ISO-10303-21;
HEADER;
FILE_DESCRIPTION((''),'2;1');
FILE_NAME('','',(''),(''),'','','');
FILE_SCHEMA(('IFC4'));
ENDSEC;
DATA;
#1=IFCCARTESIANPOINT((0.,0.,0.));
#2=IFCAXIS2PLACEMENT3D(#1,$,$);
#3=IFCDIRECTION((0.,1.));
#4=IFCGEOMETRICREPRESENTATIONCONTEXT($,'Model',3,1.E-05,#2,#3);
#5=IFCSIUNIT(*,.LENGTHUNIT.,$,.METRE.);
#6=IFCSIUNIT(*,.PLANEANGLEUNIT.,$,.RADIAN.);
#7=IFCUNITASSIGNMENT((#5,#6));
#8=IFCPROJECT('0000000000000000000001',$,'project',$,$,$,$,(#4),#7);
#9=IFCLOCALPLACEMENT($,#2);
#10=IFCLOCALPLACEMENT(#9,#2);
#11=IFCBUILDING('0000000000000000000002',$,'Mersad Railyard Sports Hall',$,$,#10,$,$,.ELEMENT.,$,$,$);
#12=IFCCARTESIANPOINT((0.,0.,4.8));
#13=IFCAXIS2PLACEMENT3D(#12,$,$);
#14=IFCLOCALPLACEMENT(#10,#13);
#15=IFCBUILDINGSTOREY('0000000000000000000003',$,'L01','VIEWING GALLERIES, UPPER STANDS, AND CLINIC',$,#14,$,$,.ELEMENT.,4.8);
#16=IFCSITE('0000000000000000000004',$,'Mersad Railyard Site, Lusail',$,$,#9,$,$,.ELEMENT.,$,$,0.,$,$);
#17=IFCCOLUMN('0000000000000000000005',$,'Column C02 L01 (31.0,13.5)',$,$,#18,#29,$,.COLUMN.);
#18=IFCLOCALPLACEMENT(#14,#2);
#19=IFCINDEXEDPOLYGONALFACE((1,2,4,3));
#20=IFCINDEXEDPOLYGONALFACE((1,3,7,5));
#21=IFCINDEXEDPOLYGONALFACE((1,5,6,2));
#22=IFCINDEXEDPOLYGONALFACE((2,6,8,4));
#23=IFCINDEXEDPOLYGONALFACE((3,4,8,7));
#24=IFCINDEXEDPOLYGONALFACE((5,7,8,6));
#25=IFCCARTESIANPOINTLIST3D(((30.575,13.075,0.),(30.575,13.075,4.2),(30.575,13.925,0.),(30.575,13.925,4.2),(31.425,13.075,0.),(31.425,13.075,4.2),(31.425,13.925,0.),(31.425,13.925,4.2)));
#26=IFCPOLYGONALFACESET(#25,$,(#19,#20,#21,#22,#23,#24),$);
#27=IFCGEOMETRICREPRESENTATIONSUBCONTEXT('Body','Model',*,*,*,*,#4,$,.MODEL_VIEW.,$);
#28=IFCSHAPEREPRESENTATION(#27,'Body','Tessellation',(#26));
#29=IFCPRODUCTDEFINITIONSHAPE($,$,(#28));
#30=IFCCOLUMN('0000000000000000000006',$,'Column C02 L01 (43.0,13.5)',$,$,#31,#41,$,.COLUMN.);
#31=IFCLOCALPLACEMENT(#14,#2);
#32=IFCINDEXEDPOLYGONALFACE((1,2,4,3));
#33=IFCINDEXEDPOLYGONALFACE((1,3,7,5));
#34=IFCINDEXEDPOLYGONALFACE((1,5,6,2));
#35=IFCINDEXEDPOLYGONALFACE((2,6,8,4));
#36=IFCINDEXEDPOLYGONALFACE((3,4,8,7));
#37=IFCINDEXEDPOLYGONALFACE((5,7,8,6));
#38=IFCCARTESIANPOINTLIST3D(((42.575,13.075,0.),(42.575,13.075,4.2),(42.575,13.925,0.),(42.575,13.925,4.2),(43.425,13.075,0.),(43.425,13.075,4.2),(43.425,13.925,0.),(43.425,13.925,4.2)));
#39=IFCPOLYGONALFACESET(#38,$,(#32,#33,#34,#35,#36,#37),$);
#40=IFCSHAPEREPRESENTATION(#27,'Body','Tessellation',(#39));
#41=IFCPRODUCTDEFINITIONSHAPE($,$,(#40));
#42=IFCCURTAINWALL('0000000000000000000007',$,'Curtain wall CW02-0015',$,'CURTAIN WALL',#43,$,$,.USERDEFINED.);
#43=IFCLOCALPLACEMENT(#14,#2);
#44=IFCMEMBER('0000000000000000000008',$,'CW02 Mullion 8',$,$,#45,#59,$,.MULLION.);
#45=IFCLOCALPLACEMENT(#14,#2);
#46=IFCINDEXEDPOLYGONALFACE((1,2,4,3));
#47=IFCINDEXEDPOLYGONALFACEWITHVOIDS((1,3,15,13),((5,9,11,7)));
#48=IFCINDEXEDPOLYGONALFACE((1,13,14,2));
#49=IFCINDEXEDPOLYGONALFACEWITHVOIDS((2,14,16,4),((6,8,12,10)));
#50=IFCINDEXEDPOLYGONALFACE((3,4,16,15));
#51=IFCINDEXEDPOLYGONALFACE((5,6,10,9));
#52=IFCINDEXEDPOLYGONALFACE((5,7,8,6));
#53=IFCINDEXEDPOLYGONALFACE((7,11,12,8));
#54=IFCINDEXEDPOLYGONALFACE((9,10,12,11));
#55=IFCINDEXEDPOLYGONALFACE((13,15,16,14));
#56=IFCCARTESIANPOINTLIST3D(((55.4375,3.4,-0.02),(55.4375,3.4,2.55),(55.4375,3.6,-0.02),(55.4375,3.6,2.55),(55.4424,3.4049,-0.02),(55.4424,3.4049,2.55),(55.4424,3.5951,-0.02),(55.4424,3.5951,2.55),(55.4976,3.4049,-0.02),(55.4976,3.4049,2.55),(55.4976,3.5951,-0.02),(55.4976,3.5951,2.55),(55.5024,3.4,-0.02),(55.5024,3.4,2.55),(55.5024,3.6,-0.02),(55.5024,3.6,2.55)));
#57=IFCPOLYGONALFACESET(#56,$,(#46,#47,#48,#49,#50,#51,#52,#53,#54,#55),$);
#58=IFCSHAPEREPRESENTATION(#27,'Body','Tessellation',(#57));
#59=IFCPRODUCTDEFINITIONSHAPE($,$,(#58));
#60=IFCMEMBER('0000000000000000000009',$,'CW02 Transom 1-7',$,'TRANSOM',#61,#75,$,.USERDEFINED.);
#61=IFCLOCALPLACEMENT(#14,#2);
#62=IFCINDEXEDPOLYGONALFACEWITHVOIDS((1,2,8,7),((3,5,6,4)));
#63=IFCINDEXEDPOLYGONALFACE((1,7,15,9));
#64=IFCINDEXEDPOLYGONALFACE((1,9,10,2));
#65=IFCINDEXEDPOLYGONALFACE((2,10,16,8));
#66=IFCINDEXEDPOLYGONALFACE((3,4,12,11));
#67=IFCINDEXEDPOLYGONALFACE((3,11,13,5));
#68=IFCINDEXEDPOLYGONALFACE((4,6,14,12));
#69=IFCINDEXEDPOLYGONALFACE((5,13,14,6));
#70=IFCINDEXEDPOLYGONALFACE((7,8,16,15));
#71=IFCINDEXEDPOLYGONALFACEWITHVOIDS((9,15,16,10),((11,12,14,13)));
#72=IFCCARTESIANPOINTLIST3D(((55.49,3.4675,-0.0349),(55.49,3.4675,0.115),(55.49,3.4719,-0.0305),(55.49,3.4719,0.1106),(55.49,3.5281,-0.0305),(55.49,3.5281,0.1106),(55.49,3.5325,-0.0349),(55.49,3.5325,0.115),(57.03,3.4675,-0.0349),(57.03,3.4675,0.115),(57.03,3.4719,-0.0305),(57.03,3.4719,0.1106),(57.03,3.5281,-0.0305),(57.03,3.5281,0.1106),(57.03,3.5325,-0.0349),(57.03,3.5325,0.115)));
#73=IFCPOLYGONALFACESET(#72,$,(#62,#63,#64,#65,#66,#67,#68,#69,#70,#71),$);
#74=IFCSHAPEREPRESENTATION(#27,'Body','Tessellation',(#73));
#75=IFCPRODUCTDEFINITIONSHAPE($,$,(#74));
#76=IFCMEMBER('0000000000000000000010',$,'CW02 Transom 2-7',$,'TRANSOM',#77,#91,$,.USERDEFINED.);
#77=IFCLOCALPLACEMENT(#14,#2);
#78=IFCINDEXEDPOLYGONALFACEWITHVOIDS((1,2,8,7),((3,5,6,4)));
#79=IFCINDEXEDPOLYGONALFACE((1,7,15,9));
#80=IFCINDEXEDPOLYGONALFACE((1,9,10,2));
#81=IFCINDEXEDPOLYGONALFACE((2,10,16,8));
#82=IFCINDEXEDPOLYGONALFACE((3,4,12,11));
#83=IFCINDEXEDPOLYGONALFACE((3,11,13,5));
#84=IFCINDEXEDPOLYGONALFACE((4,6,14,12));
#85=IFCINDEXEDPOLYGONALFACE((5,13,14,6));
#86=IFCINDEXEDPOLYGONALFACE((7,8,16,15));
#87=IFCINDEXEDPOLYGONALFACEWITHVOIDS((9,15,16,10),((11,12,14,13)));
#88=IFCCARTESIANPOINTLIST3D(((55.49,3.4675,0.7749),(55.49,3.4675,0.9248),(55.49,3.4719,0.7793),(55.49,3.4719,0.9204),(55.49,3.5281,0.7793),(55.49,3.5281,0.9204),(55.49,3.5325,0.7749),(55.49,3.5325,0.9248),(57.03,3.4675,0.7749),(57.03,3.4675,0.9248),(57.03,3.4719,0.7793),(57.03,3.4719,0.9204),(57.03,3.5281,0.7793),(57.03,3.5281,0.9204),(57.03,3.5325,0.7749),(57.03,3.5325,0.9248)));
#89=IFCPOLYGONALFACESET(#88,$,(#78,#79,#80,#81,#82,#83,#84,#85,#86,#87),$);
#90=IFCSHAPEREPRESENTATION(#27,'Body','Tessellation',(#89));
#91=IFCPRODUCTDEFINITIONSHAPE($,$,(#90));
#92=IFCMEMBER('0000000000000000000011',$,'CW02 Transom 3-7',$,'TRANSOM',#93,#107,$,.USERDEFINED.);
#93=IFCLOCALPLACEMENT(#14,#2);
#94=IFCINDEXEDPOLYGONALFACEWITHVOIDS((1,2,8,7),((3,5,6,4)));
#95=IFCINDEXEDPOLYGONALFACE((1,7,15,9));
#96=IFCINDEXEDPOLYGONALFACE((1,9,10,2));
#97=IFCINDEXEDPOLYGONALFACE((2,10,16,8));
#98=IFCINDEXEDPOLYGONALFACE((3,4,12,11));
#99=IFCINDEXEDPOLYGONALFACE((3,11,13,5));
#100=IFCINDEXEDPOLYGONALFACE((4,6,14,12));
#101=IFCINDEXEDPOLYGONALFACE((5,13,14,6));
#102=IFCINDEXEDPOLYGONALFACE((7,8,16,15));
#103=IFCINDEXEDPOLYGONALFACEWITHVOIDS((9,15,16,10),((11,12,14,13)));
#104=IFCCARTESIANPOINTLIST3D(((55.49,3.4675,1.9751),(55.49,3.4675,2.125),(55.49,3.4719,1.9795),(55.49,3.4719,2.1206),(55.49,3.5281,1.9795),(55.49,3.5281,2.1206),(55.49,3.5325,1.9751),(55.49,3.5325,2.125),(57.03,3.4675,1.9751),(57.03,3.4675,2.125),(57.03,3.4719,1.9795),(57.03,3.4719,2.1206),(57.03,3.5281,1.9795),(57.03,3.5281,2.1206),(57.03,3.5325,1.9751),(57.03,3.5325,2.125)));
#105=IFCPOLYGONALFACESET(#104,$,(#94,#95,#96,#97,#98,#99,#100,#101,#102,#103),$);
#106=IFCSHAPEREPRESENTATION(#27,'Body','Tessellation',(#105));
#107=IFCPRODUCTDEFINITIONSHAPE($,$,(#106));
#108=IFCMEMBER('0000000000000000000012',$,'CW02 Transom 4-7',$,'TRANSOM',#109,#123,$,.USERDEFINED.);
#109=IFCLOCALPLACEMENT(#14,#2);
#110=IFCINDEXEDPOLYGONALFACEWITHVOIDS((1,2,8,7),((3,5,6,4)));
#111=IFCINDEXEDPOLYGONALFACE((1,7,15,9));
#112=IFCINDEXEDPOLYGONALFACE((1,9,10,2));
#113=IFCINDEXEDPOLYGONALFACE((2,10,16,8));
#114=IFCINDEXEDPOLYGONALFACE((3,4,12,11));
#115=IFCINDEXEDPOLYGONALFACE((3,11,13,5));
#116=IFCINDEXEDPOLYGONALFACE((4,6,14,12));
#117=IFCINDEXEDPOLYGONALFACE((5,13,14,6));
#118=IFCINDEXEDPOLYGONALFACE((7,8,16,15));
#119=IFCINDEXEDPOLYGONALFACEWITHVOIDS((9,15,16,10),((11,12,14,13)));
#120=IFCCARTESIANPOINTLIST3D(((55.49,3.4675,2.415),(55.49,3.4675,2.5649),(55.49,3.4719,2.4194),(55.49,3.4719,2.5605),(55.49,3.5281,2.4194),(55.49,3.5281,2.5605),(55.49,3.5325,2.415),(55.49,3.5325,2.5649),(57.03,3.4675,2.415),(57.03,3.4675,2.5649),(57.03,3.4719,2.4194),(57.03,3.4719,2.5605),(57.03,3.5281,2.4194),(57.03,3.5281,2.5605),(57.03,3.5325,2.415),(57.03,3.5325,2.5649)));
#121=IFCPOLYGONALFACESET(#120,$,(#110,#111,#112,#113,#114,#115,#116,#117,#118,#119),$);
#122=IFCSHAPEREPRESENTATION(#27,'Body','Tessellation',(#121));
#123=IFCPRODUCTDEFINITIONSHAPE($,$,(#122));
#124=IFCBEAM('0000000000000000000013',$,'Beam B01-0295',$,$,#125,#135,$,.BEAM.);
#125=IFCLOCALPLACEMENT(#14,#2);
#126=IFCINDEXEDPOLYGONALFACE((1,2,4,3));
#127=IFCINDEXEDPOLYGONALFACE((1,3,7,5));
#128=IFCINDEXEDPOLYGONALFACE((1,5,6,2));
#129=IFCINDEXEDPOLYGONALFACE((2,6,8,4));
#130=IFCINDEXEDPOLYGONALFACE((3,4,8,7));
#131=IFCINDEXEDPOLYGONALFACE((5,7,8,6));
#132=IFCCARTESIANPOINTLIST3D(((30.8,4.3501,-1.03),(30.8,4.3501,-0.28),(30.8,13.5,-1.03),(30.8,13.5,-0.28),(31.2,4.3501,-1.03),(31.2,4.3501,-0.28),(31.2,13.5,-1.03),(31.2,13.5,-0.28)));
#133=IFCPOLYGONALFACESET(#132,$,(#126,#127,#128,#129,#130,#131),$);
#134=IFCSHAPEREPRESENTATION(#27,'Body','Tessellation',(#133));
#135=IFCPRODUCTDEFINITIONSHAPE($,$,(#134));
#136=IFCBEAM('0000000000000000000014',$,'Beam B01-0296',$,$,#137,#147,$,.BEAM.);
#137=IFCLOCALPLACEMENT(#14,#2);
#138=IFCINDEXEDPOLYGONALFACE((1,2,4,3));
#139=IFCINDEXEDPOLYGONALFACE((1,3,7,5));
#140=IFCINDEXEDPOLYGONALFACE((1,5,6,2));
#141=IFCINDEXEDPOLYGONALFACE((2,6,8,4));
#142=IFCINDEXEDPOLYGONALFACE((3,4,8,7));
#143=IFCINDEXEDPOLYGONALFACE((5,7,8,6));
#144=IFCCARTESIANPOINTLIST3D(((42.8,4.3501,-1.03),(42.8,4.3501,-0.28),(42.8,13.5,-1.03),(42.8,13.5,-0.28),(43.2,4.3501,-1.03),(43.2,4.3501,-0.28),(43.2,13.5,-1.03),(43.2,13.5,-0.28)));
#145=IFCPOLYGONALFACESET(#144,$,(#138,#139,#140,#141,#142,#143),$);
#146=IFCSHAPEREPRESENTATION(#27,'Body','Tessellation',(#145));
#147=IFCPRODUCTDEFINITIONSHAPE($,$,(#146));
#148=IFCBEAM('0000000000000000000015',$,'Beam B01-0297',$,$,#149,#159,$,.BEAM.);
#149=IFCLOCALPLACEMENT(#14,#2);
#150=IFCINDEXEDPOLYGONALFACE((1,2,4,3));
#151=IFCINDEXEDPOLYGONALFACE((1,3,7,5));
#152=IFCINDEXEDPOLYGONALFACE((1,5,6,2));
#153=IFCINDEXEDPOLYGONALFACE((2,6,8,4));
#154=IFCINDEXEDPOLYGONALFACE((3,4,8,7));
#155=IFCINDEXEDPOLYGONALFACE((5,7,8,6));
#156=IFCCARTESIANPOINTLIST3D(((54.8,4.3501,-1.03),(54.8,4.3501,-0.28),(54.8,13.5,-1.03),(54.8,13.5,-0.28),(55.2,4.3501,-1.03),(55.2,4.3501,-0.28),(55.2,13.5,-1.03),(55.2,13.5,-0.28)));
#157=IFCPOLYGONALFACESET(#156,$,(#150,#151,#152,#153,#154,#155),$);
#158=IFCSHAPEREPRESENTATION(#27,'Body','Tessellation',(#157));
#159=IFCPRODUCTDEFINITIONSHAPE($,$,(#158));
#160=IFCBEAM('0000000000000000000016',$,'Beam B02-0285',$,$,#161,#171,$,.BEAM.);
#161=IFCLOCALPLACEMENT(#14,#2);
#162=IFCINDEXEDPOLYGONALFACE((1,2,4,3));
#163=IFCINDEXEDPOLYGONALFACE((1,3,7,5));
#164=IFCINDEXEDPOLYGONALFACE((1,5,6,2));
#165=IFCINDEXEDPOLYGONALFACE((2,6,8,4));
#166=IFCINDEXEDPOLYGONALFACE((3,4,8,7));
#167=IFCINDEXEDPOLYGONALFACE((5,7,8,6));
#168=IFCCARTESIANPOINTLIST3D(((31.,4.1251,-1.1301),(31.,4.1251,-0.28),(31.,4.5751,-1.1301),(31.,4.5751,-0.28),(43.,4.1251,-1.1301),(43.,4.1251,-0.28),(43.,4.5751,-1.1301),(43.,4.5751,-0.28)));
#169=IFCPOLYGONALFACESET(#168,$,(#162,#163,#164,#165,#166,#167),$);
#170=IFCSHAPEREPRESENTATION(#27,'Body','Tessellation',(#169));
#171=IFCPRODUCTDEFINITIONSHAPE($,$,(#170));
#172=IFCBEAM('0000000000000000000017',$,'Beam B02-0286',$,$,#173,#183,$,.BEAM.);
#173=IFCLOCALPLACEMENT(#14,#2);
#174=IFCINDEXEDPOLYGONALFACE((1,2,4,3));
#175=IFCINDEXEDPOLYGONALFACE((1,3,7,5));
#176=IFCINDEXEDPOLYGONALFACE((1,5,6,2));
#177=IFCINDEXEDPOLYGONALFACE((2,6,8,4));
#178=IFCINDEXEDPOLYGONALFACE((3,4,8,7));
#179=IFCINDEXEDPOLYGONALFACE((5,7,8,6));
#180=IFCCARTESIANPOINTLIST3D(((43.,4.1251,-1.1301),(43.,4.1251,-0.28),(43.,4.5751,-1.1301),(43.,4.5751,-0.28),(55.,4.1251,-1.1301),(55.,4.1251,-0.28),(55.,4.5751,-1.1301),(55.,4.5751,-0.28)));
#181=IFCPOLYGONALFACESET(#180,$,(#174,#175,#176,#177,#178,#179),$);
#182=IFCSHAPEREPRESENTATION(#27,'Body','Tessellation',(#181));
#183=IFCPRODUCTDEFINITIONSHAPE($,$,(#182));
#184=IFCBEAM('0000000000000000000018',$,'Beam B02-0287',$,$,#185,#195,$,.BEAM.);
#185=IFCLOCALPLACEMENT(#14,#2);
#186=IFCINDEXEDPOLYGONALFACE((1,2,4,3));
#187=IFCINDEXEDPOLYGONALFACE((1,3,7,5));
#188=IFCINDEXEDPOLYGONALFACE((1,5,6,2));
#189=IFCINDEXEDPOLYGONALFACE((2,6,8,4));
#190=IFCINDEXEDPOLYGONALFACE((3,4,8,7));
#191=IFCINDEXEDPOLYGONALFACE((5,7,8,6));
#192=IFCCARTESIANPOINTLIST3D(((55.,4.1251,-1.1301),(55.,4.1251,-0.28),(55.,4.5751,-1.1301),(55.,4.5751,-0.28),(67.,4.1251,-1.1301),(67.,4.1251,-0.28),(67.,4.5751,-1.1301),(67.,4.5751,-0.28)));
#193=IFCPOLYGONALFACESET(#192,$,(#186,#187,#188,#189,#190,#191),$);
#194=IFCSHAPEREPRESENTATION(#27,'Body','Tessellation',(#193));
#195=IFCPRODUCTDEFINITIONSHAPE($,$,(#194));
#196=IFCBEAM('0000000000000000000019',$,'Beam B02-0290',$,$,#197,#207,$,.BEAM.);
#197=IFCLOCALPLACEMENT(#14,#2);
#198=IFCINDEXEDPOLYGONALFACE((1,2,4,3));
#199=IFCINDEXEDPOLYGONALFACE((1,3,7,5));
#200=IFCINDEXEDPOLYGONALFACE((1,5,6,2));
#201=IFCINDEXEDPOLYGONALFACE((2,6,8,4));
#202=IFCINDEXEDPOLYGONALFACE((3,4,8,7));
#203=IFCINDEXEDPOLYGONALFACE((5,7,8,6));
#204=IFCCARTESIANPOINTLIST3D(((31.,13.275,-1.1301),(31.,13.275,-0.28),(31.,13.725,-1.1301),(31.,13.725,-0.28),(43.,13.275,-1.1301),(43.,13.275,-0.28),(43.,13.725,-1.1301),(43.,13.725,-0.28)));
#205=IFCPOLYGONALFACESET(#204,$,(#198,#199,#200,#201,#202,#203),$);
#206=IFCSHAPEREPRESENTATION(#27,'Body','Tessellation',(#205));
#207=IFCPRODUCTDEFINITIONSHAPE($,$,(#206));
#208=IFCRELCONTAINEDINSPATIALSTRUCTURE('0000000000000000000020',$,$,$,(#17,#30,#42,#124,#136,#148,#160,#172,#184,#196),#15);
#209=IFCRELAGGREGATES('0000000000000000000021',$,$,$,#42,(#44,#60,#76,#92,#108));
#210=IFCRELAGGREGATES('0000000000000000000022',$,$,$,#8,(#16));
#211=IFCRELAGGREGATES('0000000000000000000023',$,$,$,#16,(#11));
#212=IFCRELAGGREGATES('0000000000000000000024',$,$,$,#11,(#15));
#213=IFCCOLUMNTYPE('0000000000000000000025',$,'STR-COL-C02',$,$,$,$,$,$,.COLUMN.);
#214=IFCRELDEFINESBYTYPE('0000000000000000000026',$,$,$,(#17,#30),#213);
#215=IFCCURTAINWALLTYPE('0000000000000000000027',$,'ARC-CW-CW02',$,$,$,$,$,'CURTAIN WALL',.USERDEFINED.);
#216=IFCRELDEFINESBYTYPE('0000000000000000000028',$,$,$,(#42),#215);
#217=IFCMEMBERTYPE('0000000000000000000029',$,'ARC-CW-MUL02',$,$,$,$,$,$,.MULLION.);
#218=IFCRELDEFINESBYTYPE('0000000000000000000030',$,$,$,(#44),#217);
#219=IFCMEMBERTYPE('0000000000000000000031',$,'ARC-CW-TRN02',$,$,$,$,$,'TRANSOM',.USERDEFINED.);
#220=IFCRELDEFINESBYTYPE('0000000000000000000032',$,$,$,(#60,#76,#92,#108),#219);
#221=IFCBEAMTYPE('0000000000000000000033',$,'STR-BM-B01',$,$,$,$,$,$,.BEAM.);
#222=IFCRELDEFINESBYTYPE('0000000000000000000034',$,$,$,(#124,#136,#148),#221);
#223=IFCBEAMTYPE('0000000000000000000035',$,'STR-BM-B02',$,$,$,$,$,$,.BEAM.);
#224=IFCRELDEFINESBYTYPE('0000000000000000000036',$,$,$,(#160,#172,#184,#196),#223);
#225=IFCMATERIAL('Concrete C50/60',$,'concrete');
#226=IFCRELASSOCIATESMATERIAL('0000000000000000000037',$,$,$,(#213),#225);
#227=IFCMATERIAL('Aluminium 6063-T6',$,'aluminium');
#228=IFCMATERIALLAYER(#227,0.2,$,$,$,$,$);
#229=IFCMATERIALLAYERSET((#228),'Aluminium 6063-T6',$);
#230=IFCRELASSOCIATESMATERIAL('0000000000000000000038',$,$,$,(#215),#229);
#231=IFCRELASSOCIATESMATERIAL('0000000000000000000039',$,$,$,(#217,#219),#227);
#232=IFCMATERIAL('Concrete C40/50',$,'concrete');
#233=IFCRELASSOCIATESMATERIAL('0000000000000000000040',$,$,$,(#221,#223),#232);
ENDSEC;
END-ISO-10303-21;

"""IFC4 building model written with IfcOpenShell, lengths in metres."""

from ifc_helpers import new_model, si_unit, direction, frame, origin, origin_2d, place, context, subcontext, project, spatial, rectangle, hollow_rectangle, extrude, material, layer, layer_set, material_profile, profile_set, type_object, element, aggregate, save


model = new_model("IFC4")

# Units and contexts
model_context = context("Model", 3, precision=1e-05, world=origin(), true_north=direction((0.0, 1.0)))
body_context = subcontext(model_context, "Body", "Model", "MODEL_VIEW")
ifc_project = project(units=[si_unit("LENGTHUNIT", "METRE"), si_unit("PLANEANGLEUNIT", "RADIAN")], contexts=[model_context])

# Site, building, storey
site_placement = place(None, origin())
site = spatial("IfcSite", under=ifc_project, at=site_placement, Name="Mersad Railyard Site, Lusail", CompositionType="ELEMENT", RefElevation=0.0)
building_placement = place(site_placement, origin())
building = spatial("IfcBuilding", under=site, at=building_placement, Name="Mersad Railyard Sports Hall", CompositionType="ELEMENT")
storey_placement = place(building_placement, frame((0.0, 0.0, 4.8)))
storey = spatial("IfcBuildingStorey", under=building, at=storey_placement, Name="L01", Description="VIEWING GALLERIES, UPPER STANDS, AND CLINIC", CompositionType="ELEMENT", Elevation=4.8)

# Columns
ifc_material_1 = material(Name="Concrete C50/60", Category="concrete")
ifc_material_profile_1 = material_profile(ifc_material_1, rectangle(XDim=0.8501, YDim=0.8501, at=origin_2d()), Name="RC 850x850")
ifc_profile_set_1 = profile_set([ifc_material_profile_1], Name="Concrete C50/60")
column_type = type_object("IfcColumnType", Name="STR-COL-C02", PredefinedType="COLUMN", material=ifc_profile_set_1)
for number, where, z_axis, x_axis, name in (
    (1, (31.0, 13.5, 0.0), (0.0, 0.0, 1.0), (1.0, 0.0, 0.0), "Column C02 L01 (31.0,13.5)"),
    (2, (43.0, 13.5, 0.0), (0.0, 0.0, 1.0), (1.0, 0.0, 0.0), "Column C02 L01 (43.0,13.5)"),
):
    element("IfcColumn", number, at=place(storey_placement, frame(where, z_axis=z_axis, x_axis=x_axis)), inside=storey, type_object=column_type, Name=name, PredefinedType="COLUMN", context=body_context, shape_type="SweptSolid", body=[
        extrude(rectangle(XDim=0.8501, YDim=0.8501, at=origin_2d()), origin(), (0.0, 0.0, 1.0), 4.2),
    ])

# Curtain wall, members
ifc_material_2 = material(Name="Aluminium 6063-T6", Category="aluminium")
ifc_layer_1 = layer(ifc_material_2, 0.2)
ifc_layer_set_1 = layer_set([ifc_layer_1], Name="Aluminium 6063-T6")
curtain_wall_type = type_object("IfcCurtainWallType", Name="ARC-CW-CW02", ElementType="CURTAIN WALL", PredefinedType="USERDEFINED", material=ifc_layer_set_1)
curtain_wall_placement = place(storey_placement, origin())
curtain_wall = element("IfcCurtainWall", 3, at=curtain_wall_placement, inside=storey, type_object=curtain_wall_type, Name="Curtain wall CW02-0015", ObjectType="CURTAIN WALL", PredefinedType="USERDEFINED")
ifc_material_profile_2 = material_profile(ifc_material_2, hollow_rectangle(XDim=0.0649, YDim=0.2, WallThickness=0.0049, at=origin_2d()), Name="AL MULLION 65x200x5")
ifc_profile_set_2 = profile_set([ifc_material_profile_2], Name="Aluminium 6063-T6")
member_type_1 = type_object("IfcMemberType", Name="ARC-CW-MUL02", PredefinedType="MULLION", material=ifc_profile_set_2)
member_1_placement = place(storey_placement, frame((55.47, 3.5, -0.02), z_axis=(0.0, 0.0, 1.0), x_axis=(1.0, 0.0, 0.0)))
member_1 = element("IfcMember", 4, at=member_1_placement, type_object=member_type_1, Name="CW02 Mullion 8", PredefinedType="MULLION", context=body_context, shape_type="SweptSolid", body=[
    extrude(hollow_rectangle(XDim=0.0649, YDim=0.2, WallThickness=0.0049, at=origin_2d()), origin(), (0.0, 0.0, 1.0), 2.5701),
])
ifc_material_profile_3 = material_profile(ifc_material_2, hollow_rectangle(XDim=0.0649, YDim=0.1499, WallThickness=0.0044, at=origin_2d()), Name="AL TRANSOM 65x150x4.5")
ifc_profile_set_3 = profile_set([ifc_material_profile_3], Name="Aluminium 6063-T6")
member_type_2 = type_object("IfcMemberType", Name="ARC-CW-TRN02", ElementType="TRANSOM", PredefinedType="USERDEFINED", material=ifc_profile_set_3)
member_2_placement = place(storey_placement, frame((57.03, 3.5, 0.04), z_axis=(-1.0, 0.0, 0.0), x_axis=(0.0, -1.0, 0.0)))
member_2 = element("IfcMember", 5, at=member_2_placement, type_object=member_type_2, Name="CW02 Transom 1-7", ObjectType="TRANSOM", PredefinedType="USERDEFINED", context=body_context, shape_type="SweptSolid", body=[
    extrude(hollow_rectangle(XDim=0.0649, YDim=0.1499, WallThickness=0.0044, at=origin_2d()), origin(), (0.0, 0.0, 1.0), 1.54),
])
member_3_placement = place(storey_placement, frame((57.03, 3.5, 0.8499), z_axis=(-1.0, 0.0, 0.0), x_axis=(0.0, -1.0, 0.0)))
member_3 = element("IfcMember", 6, at=member_3_placement, type_object=member_type_2, Name="CW02 Transom 2-7", ObjectType="TRANSOM", PredefinedType="USERDEFINED", context=body_context, shape_type="SweptSolid", body=[
    extrude(hollow_rectangle(XDim=0.0649, YDim=0.1499, WallThickness=0.0044, at=origin_2d()), origin(), (0.0, 0.0, 1.0), 1.54),
])
member_4_placement = place(storey_placement, frame((57.03, 3.5, 2.05), z_axis=(-1.0, 0.0, 0.0), x_axis=(0.0, -1.0, 0.0)))
member_4 = element("IfcMember", 7, at=member_4_placement, type_object=member_type_2, Name="CW02 Transom 3-7", ObjectType="TRANSOM", PredefinedType="USERDEFINED", context=body_context, shape_type="SweptSolid", body=[
    extrude(hollow_rectangle(XDim=0.0649, YDim=0.1499, WallThickness=0.0044, at=origin_2d()), origin(), (0.0, 0.0, 1.0), 1.54),
])
member_5_placement = place(storey_placement, frame((57.03, 3.5, 2.49), z_axis=(-1.0, 0.0, 0.0), x_axis=(0.0, -1.0, 0.0)))
member_5 = element("IfcMember", 8, at=member_5_placement, type_object=member_type_2, Name="CW02 Transom 4-7", ObjectType="TRANSOM", PredefinedType="USERDEFINED", context=body_context, shape_type="SweptSolid", body=[
    extrude(hollow_rectangle(XDim=0.0649, YDim=0.1499, WallThickness=0.0044, at=origin_2d()), origin(), (0.0, 0.0, 1.0), 1.54),
])

# Beams
ifc_material_3 = material(Name="Concrete C40/50", Category="concrete")
ifc_material_profile_4 = material_profile(ifc_material_3, rectangle(XDim=0.3999, YDim=0.75, at=origin_2d()), Name="RC 400x750")
ifc_profile_set_4 = profile_set([ifc_material_profile_4], Name="Concrete C40/50")
beam_type_1 = type_object("IfcBeamType", Name="STR-BM-B01", PredefinedType="BEAM", material=ifc_profile_set_4)
for number, where, z_axis, x_axis, name in (
    (9, (31.0, 4.3501, -0.655), (0.0, 1.0, 0.0), (-1.0, 0.0, 0.0), "Beam B01-0295"),
    (10, (43.0, 4.3501, -0.655), (0.0, 1.0, 0.0), (-1.0, 0.0, 0.0), "Beam B01-0296"),
    (11, (55.0, 4.3501, -0.655), (0.0, 1.0, 0.0), (-1.0, 0.0, 0.0), "Beam B01-0297"),
):
    element("IfcBeam", number, at=place(storey_placement, frame(where, z_axis=z_axis, x_axis=x_axis)), inside=storey, type_object=beam_type_1, Name=name, PredefinedType="BEAM", context=body_context, shape_type="SweptSolid", body=[
        extrude(rectangle(XDim=0.3999, YDim=0.75, at=origin_2d()), origin(), (0.0, 0.0, 1.0), 9.1499),
    ])
ifc_material_profile_5 = material_profile(ifc_material_3, rectangle(XDim=0.45, YDim=0.8501, at=origin_2d()), Name="RC 450x850")
ifc_profile_set_5 = profile_set([ifc_material_profile_5], Name="Concrete C40/50")
beam_type_2 = type_object("IfcBeamType", Name="STR-BM-B02", PredefinedType="BEAM", material=ifc_profile_set_5)
for number, where, z_axis, x_axis, name in (
    (12, (31.0, 4.3501, -0.7051), (1.0, 0.0, 0.0), (0.0, 1.0, 0.0), "Beam B02-0285"),
    (13, (43.0, 4.3501, -0.7051), (1.0, 0.0, 0.0), (0.0, 1.0, 0.0), "Beam B02-0286"),
    (14, (55.0, 4.3501, -0.7051), (1.0, 0.0, 0.0), (0.0, 1.0, 0.0), "Beam B02-0287"),
    (15, (31.0, 13.5, -0.7051), (1.0, 0.0, 0.0), (0.0, 1.0, 0.0), "Beam B02-0290"),
):
    element("IfcBeam", number, at=place(storey_placement, frame(where, z_axis=z_axis, x_axis=x_axis)), inside=storey, type_object=beam_type_2, Name=name, PredefinedType="BEAM", context=body_context, shape_type="SweptSolid", body=[
        extrude(rectangle(XDim=0.45, YDim=0.8501, at=origin_2d()), origin(), (0.0, 0.0, 1.0), 12.0),
    ])

aggregate(curtain_wall, [member_1, member_2, member_3, member_4, member_5])

save(model, "model.ifc")
